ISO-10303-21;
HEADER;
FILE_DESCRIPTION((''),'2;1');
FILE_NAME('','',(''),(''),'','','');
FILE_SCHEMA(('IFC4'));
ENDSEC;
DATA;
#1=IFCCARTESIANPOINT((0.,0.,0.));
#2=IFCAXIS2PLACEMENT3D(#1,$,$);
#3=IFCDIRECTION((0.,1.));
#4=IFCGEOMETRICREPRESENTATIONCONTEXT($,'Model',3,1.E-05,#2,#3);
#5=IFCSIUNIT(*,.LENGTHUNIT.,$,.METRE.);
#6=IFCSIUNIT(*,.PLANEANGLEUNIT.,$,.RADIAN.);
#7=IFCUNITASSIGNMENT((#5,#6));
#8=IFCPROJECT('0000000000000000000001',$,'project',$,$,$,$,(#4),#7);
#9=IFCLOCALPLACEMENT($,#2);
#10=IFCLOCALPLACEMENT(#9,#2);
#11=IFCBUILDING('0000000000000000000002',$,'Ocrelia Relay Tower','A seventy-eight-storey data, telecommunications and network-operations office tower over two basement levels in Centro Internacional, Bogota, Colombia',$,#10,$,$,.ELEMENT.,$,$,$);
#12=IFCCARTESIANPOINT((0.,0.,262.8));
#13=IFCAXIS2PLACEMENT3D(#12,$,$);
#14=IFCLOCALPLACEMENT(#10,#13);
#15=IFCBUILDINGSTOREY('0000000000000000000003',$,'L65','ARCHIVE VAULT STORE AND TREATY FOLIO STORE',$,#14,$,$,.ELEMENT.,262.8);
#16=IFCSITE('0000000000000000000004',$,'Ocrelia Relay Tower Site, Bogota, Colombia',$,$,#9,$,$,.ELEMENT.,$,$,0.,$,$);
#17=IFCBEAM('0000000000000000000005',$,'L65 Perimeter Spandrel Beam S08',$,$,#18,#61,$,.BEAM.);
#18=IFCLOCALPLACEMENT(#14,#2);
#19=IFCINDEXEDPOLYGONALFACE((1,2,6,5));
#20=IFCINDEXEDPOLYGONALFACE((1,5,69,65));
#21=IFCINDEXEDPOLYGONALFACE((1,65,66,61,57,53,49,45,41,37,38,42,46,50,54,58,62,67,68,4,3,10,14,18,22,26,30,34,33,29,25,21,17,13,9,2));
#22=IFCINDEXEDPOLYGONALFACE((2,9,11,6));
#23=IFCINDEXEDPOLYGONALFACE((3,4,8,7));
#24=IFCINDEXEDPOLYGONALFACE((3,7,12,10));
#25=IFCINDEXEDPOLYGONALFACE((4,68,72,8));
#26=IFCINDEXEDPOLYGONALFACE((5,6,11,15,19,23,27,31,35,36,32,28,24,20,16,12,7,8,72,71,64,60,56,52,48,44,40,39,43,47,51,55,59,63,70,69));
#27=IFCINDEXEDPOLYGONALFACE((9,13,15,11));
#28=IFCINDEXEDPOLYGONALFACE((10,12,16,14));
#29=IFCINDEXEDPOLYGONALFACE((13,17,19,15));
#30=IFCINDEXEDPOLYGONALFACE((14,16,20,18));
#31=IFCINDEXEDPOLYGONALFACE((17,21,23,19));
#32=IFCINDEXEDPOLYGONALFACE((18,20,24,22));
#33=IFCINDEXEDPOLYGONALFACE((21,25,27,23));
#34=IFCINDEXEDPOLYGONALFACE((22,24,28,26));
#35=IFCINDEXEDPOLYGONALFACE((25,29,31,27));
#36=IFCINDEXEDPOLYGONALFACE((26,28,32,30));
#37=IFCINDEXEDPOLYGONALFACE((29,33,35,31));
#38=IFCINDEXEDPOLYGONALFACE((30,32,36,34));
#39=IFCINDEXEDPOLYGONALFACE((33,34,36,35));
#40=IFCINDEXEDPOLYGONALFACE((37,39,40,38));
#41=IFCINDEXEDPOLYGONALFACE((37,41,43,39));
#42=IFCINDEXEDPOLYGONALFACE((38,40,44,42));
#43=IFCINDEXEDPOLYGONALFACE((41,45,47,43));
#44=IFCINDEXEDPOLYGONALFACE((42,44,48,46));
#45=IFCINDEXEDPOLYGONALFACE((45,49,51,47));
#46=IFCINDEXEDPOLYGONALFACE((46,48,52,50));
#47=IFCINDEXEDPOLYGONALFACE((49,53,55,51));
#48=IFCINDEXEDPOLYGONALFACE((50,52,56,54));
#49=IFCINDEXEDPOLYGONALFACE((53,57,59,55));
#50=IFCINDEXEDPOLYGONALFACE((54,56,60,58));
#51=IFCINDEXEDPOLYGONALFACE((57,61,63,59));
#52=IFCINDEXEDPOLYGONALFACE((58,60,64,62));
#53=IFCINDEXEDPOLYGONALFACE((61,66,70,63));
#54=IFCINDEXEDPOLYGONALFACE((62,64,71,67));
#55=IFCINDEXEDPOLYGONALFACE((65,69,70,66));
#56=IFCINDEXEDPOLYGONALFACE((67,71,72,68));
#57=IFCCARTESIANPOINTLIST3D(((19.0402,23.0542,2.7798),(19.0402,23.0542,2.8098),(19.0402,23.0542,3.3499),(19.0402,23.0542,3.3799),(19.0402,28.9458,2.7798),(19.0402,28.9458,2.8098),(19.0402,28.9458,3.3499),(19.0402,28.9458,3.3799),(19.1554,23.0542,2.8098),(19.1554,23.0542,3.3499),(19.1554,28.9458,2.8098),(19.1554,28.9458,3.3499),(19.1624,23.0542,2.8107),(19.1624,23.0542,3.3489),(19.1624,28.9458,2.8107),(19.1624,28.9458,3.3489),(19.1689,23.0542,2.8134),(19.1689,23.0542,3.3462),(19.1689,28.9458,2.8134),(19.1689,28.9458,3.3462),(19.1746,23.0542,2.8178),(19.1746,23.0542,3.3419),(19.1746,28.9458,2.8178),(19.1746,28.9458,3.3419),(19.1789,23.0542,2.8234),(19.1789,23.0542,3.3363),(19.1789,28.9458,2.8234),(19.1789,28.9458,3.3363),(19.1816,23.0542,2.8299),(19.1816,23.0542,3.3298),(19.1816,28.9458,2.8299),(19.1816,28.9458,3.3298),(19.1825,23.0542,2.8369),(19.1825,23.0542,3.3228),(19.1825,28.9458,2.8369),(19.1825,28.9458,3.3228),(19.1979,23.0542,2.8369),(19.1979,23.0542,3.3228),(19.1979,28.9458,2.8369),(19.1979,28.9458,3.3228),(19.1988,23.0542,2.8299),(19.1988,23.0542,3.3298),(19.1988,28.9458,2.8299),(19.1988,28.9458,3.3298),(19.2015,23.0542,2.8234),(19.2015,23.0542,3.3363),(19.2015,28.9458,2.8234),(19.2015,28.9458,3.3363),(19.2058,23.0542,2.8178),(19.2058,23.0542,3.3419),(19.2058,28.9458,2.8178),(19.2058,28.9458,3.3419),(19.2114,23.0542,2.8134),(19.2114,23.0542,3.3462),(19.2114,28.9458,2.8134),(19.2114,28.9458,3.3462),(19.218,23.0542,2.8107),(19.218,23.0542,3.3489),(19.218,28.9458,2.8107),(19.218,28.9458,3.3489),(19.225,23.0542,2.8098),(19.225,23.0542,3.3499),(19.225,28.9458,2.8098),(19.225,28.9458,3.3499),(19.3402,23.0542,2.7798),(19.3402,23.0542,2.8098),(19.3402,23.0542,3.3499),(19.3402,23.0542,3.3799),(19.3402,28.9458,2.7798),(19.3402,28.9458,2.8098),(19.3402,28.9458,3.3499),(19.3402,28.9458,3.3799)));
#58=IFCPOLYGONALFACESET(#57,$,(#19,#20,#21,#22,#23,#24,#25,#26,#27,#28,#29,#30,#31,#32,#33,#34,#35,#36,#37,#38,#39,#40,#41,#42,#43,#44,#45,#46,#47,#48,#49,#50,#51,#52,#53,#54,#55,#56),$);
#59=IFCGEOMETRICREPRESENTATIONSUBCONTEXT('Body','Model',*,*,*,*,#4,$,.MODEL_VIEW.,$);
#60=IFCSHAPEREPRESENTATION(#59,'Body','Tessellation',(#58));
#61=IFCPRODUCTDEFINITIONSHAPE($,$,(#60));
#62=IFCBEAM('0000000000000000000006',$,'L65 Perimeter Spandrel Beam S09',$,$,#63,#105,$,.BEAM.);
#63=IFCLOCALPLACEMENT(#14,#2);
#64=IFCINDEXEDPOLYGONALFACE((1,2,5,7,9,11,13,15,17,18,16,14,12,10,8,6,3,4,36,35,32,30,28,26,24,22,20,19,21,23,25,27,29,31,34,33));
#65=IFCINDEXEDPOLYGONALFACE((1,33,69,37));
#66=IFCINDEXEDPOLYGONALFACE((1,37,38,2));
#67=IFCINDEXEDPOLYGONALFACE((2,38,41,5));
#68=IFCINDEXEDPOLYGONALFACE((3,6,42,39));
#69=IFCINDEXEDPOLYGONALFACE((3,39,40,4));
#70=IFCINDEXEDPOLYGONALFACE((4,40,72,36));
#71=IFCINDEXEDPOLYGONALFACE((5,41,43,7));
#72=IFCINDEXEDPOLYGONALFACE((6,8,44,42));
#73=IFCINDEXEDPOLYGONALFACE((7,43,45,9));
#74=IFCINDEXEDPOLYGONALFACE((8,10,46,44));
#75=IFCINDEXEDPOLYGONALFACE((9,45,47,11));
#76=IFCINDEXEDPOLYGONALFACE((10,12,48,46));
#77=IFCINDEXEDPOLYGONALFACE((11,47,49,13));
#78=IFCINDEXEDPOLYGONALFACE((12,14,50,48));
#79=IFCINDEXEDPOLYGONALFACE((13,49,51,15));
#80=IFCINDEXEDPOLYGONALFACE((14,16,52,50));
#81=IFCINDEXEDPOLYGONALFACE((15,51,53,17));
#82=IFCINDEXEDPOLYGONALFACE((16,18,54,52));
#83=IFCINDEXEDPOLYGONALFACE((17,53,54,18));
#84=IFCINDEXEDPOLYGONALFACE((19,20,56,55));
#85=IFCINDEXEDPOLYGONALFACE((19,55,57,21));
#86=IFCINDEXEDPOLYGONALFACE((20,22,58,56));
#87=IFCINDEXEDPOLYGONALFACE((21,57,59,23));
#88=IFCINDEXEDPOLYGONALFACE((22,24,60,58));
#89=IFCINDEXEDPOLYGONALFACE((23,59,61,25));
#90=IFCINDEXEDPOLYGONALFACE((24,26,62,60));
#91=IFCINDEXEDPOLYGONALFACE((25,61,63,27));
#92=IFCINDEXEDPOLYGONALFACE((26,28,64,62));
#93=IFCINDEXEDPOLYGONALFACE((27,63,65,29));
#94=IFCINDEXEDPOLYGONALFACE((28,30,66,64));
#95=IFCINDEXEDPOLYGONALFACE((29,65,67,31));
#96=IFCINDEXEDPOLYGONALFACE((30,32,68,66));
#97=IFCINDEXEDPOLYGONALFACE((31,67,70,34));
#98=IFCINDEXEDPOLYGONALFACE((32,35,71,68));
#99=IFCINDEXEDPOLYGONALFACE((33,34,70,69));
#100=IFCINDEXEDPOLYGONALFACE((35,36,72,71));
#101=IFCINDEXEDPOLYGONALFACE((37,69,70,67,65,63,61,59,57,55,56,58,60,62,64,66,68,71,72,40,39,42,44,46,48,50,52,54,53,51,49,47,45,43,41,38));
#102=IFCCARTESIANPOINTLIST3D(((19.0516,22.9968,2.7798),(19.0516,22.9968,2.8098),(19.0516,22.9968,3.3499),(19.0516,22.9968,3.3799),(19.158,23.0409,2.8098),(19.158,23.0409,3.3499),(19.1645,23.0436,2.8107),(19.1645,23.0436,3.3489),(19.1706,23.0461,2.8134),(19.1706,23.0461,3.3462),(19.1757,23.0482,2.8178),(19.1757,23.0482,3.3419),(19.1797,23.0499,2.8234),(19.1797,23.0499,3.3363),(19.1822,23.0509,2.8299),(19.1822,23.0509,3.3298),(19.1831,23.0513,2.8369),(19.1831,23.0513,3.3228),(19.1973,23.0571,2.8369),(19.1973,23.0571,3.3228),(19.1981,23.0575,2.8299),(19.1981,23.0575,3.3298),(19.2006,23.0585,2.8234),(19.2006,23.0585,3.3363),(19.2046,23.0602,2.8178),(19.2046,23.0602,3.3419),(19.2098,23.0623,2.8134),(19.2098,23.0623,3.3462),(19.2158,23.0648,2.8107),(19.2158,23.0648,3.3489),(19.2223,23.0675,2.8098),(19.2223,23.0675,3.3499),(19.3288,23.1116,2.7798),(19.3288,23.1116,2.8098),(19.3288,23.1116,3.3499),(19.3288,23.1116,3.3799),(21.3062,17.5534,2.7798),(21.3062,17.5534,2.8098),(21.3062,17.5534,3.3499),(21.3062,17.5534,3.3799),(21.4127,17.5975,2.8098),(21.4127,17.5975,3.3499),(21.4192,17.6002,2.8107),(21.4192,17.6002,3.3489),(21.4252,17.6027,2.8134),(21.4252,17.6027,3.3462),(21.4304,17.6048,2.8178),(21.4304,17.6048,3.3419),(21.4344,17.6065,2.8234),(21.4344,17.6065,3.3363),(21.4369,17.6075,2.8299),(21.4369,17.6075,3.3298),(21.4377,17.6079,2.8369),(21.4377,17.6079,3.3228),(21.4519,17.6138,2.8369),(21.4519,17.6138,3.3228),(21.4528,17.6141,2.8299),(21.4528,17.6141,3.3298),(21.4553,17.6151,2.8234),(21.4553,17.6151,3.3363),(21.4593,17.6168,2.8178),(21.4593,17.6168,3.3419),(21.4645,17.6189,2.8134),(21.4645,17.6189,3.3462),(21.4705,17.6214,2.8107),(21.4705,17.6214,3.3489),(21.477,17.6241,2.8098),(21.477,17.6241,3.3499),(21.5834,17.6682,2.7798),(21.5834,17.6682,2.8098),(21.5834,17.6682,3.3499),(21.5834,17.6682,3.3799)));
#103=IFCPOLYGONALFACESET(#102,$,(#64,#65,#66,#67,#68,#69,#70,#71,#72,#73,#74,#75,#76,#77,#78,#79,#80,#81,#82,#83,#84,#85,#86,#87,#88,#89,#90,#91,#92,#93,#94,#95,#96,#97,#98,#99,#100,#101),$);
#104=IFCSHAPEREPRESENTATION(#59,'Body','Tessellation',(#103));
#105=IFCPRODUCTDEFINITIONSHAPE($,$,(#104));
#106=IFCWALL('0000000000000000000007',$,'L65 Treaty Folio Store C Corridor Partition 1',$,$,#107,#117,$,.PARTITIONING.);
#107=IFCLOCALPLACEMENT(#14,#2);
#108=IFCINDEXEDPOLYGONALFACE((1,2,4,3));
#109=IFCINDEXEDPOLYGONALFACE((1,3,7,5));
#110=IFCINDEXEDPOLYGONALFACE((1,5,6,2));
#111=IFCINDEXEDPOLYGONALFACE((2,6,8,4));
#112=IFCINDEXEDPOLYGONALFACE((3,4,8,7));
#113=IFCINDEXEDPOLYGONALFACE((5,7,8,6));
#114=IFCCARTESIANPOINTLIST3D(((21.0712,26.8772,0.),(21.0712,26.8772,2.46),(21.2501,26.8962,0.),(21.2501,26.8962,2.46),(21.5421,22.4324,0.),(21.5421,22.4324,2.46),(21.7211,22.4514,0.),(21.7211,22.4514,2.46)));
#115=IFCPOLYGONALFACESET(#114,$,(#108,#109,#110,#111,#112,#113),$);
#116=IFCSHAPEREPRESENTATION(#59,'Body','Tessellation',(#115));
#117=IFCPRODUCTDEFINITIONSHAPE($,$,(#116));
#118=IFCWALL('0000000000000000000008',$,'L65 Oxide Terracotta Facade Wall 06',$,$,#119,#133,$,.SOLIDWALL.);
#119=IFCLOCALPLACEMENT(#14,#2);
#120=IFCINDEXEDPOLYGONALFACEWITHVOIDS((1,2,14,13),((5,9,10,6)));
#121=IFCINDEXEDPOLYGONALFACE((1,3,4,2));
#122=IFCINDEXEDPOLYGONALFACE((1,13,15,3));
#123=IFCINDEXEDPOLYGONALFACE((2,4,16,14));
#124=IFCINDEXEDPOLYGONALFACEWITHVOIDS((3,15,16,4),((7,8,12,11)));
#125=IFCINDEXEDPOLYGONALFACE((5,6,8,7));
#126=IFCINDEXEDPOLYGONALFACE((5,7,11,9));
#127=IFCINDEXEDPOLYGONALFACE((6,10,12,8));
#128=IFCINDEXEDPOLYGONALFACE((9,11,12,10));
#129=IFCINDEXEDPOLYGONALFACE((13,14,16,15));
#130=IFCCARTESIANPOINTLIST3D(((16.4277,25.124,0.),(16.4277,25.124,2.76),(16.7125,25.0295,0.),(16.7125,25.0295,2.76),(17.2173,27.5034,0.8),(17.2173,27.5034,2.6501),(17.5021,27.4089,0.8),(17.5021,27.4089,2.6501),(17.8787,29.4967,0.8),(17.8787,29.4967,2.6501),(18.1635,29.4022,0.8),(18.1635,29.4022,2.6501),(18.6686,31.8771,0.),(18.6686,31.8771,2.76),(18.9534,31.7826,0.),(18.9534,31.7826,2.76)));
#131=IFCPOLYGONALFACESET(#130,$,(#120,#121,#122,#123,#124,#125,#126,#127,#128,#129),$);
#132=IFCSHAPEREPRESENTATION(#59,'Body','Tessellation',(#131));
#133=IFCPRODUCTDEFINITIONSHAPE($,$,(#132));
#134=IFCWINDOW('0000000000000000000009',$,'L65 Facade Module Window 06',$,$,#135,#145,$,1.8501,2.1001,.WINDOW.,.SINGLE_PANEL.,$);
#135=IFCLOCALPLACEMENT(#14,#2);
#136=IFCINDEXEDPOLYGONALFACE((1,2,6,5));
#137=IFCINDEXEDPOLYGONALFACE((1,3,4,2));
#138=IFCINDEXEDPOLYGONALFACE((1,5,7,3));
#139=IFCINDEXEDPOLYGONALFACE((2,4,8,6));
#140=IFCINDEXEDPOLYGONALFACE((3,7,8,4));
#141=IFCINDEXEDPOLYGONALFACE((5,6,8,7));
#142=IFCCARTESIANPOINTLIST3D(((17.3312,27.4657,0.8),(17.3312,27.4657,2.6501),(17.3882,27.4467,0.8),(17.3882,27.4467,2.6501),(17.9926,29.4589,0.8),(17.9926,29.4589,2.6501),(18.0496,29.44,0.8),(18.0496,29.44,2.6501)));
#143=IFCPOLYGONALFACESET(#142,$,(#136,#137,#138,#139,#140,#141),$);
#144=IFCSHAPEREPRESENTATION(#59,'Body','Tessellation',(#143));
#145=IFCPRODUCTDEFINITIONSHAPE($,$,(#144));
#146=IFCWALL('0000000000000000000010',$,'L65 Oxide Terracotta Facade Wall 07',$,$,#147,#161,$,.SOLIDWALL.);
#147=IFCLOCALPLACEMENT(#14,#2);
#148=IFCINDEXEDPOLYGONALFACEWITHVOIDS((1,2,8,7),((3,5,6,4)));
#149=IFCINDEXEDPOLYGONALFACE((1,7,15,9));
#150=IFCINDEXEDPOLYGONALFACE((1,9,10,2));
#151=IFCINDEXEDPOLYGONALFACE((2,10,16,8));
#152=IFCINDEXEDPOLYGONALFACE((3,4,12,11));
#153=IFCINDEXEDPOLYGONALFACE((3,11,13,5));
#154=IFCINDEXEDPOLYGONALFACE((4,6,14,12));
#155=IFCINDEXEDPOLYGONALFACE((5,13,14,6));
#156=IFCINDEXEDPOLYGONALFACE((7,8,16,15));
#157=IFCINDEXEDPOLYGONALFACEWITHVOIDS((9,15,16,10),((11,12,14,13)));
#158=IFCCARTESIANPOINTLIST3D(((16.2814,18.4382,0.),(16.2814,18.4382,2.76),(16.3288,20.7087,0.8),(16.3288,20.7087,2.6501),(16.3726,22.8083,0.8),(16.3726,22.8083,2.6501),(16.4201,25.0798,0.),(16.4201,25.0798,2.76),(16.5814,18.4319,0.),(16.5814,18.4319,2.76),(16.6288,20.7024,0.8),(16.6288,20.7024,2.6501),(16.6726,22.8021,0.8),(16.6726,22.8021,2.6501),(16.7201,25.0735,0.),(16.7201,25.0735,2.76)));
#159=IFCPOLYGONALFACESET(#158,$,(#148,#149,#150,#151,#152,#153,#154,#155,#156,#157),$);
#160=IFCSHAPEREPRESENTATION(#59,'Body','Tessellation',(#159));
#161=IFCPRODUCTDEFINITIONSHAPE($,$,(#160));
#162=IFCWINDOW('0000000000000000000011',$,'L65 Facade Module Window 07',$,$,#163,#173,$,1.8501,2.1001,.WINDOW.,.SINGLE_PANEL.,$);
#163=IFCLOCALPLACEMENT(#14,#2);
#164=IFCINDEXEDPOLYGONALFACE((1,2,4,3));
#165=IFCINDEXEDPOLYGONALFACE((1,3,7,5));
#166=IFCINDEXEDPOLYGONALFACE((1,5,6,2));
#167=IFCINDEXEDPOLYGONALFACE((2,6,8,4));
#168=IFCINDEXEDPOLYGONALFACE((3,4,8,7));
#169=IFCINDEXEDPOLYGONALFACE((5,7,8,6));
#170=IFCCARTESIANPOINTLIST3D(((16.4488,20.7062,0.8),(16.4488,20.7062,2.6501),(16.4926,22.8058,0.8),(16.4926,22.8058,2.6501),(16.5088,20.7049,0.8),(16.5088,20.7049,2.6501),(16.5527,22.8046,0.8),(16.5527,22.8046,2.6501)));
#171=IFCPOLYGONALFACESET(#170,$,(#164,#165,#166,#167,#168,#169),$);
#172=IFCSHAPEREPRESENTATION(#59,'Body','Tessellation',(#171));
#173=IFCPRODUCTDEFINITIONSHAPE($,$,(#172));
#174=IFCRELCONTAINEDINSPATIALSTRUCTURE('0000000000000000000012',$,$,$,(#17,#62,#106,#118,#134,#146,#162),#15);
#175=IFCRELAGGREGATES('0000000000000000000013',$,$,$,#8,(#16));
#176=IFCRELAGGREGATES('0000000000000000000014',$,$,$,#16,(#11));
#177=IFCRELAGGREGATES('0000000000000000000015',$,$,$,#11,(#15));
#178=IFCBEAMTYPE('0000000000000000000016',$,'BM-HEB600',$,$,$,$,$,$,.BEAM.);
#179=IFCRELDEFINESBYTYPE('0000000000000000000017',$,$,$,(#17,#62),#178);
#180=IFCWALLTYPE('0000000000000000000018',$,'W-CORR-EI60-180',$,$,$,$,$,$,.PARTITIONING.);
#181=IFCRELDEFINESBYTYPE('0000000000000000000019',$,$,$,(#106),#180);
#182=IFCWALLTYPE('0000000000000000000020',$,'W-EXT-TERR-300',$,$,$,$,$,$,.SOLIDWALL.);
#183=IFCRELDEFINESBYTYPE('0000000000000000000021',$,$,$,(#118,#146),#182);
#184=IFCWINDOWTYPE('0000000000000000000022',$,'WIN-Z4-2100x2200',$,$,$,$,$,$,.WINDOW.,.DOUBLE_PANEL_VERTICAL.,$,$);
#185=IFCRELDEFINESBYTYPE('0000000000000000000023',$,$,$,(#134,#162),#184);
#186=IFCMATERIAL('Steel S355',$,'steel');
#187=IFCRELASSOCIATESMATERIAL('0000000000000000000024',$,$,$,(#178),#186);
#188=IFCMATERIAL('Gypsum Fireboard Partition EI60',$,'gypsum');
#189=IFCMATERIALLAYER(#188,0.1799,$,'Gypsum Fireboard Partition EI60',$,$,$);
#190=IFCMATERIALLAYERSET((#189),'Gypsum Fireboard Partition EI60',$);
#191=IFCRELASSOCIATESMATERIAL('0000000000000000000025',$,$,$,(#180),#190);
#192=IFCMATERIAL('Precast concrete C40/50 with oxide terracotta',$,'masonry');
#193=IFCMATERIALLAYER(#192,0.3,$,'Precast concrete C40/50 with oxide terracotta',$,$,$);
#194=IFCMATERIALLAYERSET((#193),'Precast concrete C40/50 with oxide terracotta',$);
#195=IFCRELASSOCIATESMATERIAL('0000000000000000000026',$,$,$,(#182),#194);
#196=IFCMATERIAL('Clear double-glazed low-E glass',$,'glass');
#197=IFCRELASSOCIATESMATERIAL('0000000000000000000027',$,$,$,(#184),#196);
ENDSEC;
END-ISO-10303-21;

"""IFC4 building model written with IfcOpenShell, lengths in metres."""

from ifc_helpers import new_model, si_unit, direction, frame, frame_2d, origin, origin_2d, place, context, subcontext, project, spatial, rectangle, i_section, extrude, material, layer, layer_set, material_profile, profile_set, type_object, element, fill, save


model = new_model("IFC4")

# Units and contexts
model_context = context("Model", 3, precision=1e-05, world=origin(), true_north=direction((0.0, 1.0)))
body_context = subcontext(model_context, "Body", "Model", "MODEL_VIEW")
ifc_project = project(units=[si_unit("LENGTHUNIT", "METRE"), si_unit("PLANEANGLEUNIT", "RADIAN")], contexts=[model_context])

# Site, building, storey
site_placement = place(None, origin())
site = spatial("IfcSite", under=ifc_project, at=site_placement, Name="Ocrelia Relay Tower Site, Bogota, Colombia", CompositionType="ELEMENT", RefElevation=0.0)
building_placement = place(site_placement, origin())
building = spatial("IfcBuilding", under=site, at=building_placement, Name="Ocrelia Relay Tower", Description="A seventy-eight-storey data, telecommunications and network-operations office tower over two basement levels in Centro Internacional, Bogota, Colombia", CompositionType="ELEMENT")
storey_placement = place(building_placement, frame((0.0, 0.0, 262.8)))
storey = spatial("IfcBuildingStorey", under=building, at=storey_placement, Name="L65", Description="ARCHIVE VAULT STORE AND TREATY FOLIO STORE", CompositionType="ELEMENT", Elevation=262.8)

# Beams
ifc_material_1 = material(Name="Steel S355", Category="steel")
ifc_material_profile_1 = material_profile(ifc_material_1, i_section(OverallWidth=0.3, OverallDepth=0.6001, WebThickness=0.0154, FlangeThickness=0.03, FilletRadius=0.0271, at=origin_2d()), Name="HEB 600")
ifc_profile_set_1 = profile_set([ifc_material_profile_1], Name="Steel S355")
beam_type_1 = type_object("IfcBeamType", Name="BM-HEB600", PredefinedType="BEAM", material=ifc_profile_set_1)
beam_1_placement = place(storey_placement, frame((19.1902, 28.9458, 3.0798), z_axis=(0.0, -1.0, 0.0), x_axis=(1.0, 0.0, 0.0)))
element("IfcBeam", 1, at=beam_1_placement, inside=storey, type_object=beam_type_1, Name="L65 Perimeter Spandrel Beam S08", PredefinedType="BEAM", context=body_context, shape_type="SweptSolid", body=[
    extrude(i_section(OverallWidth=0.3, OverallDepth=0.6001, WebThickness=0.0154, FlangeThickness=0.03, FilletRadius=0.0271, at=origin_2d()), origin(), (0.0, 0.0, 1.0), 5.8916),
])
beam_2_placement = place(storey_placement, frame((19.1902, 23.0542, 3.0798), z_axis=(0.382673, -0.923884, 0.0), x_axis=(0.923884, 0.382673, 0.0)))
element("IfcBeam", 2, at=beam_2_placement, inside=storey, type_object=beam_type_1, Name="L65 Perimeter Spandrel Beam S09", PredefinedType="BEAM", context=body_context, shape_type="SweptSolid", body=[
    extrude(i_section(OverallWidth=0.3, OverallDepth=0.6001, WebThickness=0.0154, FlangeThickness=0.03, FilletRadius=0.0271, at=origin_2d()), origin(), (0.0, 0.0, 1.0), 5.8918),
])

# Wall
ifc_material_2 = material(Name="Gypsum Fireboard Partition EI60", Category="gypsum")
ifc_layer_1 = layer(ifc_material_2, 0.1799, Name="Gypsum Fireboard Partition EI60")
ifc_layer_set_1 = layer_set([ifc_layer_1], Name="Gypsum Fireboard Partition EI60")
wall_type_1 = type_object("IfcWallType", Name="W-CORR-EI60-180", PredefinedType="PARTITIONING", material=ifc_layer_set_1)
wall_1_placement = place(storey_placement, frame((21.1606, 26.8867, 0.0), z_axis=(0.0, 0.0, 1.0), x_axis=(0.105364, -0.994434, 0.0)))
element("IfcWall", 3, at=wall_1_placement, inside=storey, type_object=wall_type_1, Name="L65 Treaty Folio Store C Corridor Partition 1", PredefinedType="PARTITIONING", context=body_context, shape_type="SweptSolid", body=[
    extrude(rectangle(XDim=4.4697, YDim=0.1799, at=frame_2d((2.2349, 0.0))), origin(), (0.0, 0.0, 1.0), 2.46),
])

# Walls, openings, windows
ifc_material_3 = material(Name="Precast concrete C40/50 with oxide terracotta", Category="masonry")
ifc_layer_2 = layer(ifc_material_3, 0.3, Name="Precast concrete C40/50 with oxide terracotta")
ifc_layer_set_2 = layer_set([ifc_layer_2], Name="Precast concrete C40/50 with oxide terracotta")
wall_type_2 = type_object("IfcWallType", Name="W-EXT-TERR-300", PredefinedType="SOLIDWALL", material=ifc_layer_set_2)
wall_2_placement = place(storey_placement, frame((18.811, 31.8298, 0.0), z_axis=(0.0, 0.0, 1.0), x_axis=(-0.314951, -0.949108, 0.0)))
wall_2 = element("IfcWall", 4, at=wall_2_placement, inside=storey, type_object=wall_type_2, Name="L65 Oxide Terracotta Facade Wall 06", PredefinedType="SOLIDWALL", context=body_context, shape_type="SweptSolid", body=[
    extrude(rectangle(XDim=7.1152, YDim=0.3, at=frame_2d((3.5576, 0.0))), origin(), (0.0, 0.0, 1.0), 2.76),
])
opening_1_placement = place(wall_2_placement, frame((2.5081, 0.0, 0.8)))
opening_1 = element("IfcOpeningElement", 5, at=opening_1_placement, cuts=wall_2, PredefinedType="OPENING", context=body_context, shape_type="SweptSolid", body=[
    extrude(rectangle(XDim=2.1001, YDim=1.8501, at=frame_2d((1.05, 0.925))), frame((0.0, 0.1602, 0.0), z_axis=(0.0, -1.0, 0.0), x_axis=(1.0, 0.0, 0.0)), (0.0, 0.0, 1.0), 0.3201),
])
ifc_material_4 = material(Name="Clear double-glazed low-E glass", Category="glass")
window_type = type_object("IfcWindowType", Name="WIN-Z4-2100x2200", PartitioningType="DOUBLE_PANEL_VERTICAL", PredefinedType="WINDOW", material=ifc_material_4)
window_1_placement = place(opening_1_placement, origin())
window_1 = element("IfcWindow", 6, at=window_1_placement, inside=storey, type_object=window_type, Name="L65 Facade Module Window 06", OverallHeight=1.8501, OverallWidth=2.1001, PartitioningType="SINGLE_PANEL", PredefinedType="WINDOW", context=body_context, shape_type="SweptSolid", body=[
    extrude(rectangle(XDim=2.1001, YDim=1.8501, at=frame_2d((1.05, 0.925))), frame((0.0, 0.03, 0.0), z_axis=(0.0, -1.0, 0.0), x_axis=(1.0, 0.0, 0.0)), (0.0, 0.0, 1.0), 0.0601),
])
fill(opening_1, window_1)
wall_3_placement = place(storey_placement, frame((16.5701, 25.0767, 0.0), z_axis=(0.0, 0.0, 1.0), x_axis=(-0.020875, -0.999782, 0.0)))
wall_3 = element("IfcWall", 7, at=wall_3_placement, inside=storey, type_object=wall_type_2, Name="L65 Oxide Terracotta Facade Wall 07", PredefinedType="SOLIDWALL", context=body_context, shape_type="SweptSolid", body=[
    extrude(rectangle(XDim=6.6431, YDim=0.3, at=frame_2d((3.3215, 0.0))), origin(), (0.0, 0.0, 1.0), 2.76),
])
opening_2_placement = place(wall_3_placement, frame((2.272, 0.0, 0.8)))
opening_2 = element("IfcOpeningElement", 8, at=opening_2_placement, cuts=wall_3, PredefinedType="OPENING", context=body_context, shape_type="SweptSolid", body=[
    extrude(rectangle(XDim=2.1001, YDim=1.8501, at=frame_2d((1.05, 0.925))), frame((0.0, 0.1602, 0.0), z_axis=(0.0, -1.0, 0.0), x_axis=(1.0, 0.0, 0.0)), (0.0, 0.0, 1.0), 0.3201),
])
window_2_placement = place(opening_2_placement, origin())
window_2 = element("IfcWindow", 9, at=window_2_placement, inside=storey, type_object=window_type, Name="L65 Facade Module Window 07", OverallHeight=1.8501, OverallWidth=2.1001, PartitioningType="SINGLE_PANEL", PredefinedType="WINDOW", context=body_context, shape_type="SweptSolid", body=[
    extrude(rectangle(XDim=2.1001, YDim=1.8501, at=frame_2d((1.05, 0.925))), frame((0.0, 0.03, 0.0), z_axis=(0.0, -1.0, 0.0), x_axis=(1.0, 0.0, 0.0)), (0.0, 0.0, 1.0), 0.0601),
])
fill(opening_2, window_2)

save(model, "model.ifc")
